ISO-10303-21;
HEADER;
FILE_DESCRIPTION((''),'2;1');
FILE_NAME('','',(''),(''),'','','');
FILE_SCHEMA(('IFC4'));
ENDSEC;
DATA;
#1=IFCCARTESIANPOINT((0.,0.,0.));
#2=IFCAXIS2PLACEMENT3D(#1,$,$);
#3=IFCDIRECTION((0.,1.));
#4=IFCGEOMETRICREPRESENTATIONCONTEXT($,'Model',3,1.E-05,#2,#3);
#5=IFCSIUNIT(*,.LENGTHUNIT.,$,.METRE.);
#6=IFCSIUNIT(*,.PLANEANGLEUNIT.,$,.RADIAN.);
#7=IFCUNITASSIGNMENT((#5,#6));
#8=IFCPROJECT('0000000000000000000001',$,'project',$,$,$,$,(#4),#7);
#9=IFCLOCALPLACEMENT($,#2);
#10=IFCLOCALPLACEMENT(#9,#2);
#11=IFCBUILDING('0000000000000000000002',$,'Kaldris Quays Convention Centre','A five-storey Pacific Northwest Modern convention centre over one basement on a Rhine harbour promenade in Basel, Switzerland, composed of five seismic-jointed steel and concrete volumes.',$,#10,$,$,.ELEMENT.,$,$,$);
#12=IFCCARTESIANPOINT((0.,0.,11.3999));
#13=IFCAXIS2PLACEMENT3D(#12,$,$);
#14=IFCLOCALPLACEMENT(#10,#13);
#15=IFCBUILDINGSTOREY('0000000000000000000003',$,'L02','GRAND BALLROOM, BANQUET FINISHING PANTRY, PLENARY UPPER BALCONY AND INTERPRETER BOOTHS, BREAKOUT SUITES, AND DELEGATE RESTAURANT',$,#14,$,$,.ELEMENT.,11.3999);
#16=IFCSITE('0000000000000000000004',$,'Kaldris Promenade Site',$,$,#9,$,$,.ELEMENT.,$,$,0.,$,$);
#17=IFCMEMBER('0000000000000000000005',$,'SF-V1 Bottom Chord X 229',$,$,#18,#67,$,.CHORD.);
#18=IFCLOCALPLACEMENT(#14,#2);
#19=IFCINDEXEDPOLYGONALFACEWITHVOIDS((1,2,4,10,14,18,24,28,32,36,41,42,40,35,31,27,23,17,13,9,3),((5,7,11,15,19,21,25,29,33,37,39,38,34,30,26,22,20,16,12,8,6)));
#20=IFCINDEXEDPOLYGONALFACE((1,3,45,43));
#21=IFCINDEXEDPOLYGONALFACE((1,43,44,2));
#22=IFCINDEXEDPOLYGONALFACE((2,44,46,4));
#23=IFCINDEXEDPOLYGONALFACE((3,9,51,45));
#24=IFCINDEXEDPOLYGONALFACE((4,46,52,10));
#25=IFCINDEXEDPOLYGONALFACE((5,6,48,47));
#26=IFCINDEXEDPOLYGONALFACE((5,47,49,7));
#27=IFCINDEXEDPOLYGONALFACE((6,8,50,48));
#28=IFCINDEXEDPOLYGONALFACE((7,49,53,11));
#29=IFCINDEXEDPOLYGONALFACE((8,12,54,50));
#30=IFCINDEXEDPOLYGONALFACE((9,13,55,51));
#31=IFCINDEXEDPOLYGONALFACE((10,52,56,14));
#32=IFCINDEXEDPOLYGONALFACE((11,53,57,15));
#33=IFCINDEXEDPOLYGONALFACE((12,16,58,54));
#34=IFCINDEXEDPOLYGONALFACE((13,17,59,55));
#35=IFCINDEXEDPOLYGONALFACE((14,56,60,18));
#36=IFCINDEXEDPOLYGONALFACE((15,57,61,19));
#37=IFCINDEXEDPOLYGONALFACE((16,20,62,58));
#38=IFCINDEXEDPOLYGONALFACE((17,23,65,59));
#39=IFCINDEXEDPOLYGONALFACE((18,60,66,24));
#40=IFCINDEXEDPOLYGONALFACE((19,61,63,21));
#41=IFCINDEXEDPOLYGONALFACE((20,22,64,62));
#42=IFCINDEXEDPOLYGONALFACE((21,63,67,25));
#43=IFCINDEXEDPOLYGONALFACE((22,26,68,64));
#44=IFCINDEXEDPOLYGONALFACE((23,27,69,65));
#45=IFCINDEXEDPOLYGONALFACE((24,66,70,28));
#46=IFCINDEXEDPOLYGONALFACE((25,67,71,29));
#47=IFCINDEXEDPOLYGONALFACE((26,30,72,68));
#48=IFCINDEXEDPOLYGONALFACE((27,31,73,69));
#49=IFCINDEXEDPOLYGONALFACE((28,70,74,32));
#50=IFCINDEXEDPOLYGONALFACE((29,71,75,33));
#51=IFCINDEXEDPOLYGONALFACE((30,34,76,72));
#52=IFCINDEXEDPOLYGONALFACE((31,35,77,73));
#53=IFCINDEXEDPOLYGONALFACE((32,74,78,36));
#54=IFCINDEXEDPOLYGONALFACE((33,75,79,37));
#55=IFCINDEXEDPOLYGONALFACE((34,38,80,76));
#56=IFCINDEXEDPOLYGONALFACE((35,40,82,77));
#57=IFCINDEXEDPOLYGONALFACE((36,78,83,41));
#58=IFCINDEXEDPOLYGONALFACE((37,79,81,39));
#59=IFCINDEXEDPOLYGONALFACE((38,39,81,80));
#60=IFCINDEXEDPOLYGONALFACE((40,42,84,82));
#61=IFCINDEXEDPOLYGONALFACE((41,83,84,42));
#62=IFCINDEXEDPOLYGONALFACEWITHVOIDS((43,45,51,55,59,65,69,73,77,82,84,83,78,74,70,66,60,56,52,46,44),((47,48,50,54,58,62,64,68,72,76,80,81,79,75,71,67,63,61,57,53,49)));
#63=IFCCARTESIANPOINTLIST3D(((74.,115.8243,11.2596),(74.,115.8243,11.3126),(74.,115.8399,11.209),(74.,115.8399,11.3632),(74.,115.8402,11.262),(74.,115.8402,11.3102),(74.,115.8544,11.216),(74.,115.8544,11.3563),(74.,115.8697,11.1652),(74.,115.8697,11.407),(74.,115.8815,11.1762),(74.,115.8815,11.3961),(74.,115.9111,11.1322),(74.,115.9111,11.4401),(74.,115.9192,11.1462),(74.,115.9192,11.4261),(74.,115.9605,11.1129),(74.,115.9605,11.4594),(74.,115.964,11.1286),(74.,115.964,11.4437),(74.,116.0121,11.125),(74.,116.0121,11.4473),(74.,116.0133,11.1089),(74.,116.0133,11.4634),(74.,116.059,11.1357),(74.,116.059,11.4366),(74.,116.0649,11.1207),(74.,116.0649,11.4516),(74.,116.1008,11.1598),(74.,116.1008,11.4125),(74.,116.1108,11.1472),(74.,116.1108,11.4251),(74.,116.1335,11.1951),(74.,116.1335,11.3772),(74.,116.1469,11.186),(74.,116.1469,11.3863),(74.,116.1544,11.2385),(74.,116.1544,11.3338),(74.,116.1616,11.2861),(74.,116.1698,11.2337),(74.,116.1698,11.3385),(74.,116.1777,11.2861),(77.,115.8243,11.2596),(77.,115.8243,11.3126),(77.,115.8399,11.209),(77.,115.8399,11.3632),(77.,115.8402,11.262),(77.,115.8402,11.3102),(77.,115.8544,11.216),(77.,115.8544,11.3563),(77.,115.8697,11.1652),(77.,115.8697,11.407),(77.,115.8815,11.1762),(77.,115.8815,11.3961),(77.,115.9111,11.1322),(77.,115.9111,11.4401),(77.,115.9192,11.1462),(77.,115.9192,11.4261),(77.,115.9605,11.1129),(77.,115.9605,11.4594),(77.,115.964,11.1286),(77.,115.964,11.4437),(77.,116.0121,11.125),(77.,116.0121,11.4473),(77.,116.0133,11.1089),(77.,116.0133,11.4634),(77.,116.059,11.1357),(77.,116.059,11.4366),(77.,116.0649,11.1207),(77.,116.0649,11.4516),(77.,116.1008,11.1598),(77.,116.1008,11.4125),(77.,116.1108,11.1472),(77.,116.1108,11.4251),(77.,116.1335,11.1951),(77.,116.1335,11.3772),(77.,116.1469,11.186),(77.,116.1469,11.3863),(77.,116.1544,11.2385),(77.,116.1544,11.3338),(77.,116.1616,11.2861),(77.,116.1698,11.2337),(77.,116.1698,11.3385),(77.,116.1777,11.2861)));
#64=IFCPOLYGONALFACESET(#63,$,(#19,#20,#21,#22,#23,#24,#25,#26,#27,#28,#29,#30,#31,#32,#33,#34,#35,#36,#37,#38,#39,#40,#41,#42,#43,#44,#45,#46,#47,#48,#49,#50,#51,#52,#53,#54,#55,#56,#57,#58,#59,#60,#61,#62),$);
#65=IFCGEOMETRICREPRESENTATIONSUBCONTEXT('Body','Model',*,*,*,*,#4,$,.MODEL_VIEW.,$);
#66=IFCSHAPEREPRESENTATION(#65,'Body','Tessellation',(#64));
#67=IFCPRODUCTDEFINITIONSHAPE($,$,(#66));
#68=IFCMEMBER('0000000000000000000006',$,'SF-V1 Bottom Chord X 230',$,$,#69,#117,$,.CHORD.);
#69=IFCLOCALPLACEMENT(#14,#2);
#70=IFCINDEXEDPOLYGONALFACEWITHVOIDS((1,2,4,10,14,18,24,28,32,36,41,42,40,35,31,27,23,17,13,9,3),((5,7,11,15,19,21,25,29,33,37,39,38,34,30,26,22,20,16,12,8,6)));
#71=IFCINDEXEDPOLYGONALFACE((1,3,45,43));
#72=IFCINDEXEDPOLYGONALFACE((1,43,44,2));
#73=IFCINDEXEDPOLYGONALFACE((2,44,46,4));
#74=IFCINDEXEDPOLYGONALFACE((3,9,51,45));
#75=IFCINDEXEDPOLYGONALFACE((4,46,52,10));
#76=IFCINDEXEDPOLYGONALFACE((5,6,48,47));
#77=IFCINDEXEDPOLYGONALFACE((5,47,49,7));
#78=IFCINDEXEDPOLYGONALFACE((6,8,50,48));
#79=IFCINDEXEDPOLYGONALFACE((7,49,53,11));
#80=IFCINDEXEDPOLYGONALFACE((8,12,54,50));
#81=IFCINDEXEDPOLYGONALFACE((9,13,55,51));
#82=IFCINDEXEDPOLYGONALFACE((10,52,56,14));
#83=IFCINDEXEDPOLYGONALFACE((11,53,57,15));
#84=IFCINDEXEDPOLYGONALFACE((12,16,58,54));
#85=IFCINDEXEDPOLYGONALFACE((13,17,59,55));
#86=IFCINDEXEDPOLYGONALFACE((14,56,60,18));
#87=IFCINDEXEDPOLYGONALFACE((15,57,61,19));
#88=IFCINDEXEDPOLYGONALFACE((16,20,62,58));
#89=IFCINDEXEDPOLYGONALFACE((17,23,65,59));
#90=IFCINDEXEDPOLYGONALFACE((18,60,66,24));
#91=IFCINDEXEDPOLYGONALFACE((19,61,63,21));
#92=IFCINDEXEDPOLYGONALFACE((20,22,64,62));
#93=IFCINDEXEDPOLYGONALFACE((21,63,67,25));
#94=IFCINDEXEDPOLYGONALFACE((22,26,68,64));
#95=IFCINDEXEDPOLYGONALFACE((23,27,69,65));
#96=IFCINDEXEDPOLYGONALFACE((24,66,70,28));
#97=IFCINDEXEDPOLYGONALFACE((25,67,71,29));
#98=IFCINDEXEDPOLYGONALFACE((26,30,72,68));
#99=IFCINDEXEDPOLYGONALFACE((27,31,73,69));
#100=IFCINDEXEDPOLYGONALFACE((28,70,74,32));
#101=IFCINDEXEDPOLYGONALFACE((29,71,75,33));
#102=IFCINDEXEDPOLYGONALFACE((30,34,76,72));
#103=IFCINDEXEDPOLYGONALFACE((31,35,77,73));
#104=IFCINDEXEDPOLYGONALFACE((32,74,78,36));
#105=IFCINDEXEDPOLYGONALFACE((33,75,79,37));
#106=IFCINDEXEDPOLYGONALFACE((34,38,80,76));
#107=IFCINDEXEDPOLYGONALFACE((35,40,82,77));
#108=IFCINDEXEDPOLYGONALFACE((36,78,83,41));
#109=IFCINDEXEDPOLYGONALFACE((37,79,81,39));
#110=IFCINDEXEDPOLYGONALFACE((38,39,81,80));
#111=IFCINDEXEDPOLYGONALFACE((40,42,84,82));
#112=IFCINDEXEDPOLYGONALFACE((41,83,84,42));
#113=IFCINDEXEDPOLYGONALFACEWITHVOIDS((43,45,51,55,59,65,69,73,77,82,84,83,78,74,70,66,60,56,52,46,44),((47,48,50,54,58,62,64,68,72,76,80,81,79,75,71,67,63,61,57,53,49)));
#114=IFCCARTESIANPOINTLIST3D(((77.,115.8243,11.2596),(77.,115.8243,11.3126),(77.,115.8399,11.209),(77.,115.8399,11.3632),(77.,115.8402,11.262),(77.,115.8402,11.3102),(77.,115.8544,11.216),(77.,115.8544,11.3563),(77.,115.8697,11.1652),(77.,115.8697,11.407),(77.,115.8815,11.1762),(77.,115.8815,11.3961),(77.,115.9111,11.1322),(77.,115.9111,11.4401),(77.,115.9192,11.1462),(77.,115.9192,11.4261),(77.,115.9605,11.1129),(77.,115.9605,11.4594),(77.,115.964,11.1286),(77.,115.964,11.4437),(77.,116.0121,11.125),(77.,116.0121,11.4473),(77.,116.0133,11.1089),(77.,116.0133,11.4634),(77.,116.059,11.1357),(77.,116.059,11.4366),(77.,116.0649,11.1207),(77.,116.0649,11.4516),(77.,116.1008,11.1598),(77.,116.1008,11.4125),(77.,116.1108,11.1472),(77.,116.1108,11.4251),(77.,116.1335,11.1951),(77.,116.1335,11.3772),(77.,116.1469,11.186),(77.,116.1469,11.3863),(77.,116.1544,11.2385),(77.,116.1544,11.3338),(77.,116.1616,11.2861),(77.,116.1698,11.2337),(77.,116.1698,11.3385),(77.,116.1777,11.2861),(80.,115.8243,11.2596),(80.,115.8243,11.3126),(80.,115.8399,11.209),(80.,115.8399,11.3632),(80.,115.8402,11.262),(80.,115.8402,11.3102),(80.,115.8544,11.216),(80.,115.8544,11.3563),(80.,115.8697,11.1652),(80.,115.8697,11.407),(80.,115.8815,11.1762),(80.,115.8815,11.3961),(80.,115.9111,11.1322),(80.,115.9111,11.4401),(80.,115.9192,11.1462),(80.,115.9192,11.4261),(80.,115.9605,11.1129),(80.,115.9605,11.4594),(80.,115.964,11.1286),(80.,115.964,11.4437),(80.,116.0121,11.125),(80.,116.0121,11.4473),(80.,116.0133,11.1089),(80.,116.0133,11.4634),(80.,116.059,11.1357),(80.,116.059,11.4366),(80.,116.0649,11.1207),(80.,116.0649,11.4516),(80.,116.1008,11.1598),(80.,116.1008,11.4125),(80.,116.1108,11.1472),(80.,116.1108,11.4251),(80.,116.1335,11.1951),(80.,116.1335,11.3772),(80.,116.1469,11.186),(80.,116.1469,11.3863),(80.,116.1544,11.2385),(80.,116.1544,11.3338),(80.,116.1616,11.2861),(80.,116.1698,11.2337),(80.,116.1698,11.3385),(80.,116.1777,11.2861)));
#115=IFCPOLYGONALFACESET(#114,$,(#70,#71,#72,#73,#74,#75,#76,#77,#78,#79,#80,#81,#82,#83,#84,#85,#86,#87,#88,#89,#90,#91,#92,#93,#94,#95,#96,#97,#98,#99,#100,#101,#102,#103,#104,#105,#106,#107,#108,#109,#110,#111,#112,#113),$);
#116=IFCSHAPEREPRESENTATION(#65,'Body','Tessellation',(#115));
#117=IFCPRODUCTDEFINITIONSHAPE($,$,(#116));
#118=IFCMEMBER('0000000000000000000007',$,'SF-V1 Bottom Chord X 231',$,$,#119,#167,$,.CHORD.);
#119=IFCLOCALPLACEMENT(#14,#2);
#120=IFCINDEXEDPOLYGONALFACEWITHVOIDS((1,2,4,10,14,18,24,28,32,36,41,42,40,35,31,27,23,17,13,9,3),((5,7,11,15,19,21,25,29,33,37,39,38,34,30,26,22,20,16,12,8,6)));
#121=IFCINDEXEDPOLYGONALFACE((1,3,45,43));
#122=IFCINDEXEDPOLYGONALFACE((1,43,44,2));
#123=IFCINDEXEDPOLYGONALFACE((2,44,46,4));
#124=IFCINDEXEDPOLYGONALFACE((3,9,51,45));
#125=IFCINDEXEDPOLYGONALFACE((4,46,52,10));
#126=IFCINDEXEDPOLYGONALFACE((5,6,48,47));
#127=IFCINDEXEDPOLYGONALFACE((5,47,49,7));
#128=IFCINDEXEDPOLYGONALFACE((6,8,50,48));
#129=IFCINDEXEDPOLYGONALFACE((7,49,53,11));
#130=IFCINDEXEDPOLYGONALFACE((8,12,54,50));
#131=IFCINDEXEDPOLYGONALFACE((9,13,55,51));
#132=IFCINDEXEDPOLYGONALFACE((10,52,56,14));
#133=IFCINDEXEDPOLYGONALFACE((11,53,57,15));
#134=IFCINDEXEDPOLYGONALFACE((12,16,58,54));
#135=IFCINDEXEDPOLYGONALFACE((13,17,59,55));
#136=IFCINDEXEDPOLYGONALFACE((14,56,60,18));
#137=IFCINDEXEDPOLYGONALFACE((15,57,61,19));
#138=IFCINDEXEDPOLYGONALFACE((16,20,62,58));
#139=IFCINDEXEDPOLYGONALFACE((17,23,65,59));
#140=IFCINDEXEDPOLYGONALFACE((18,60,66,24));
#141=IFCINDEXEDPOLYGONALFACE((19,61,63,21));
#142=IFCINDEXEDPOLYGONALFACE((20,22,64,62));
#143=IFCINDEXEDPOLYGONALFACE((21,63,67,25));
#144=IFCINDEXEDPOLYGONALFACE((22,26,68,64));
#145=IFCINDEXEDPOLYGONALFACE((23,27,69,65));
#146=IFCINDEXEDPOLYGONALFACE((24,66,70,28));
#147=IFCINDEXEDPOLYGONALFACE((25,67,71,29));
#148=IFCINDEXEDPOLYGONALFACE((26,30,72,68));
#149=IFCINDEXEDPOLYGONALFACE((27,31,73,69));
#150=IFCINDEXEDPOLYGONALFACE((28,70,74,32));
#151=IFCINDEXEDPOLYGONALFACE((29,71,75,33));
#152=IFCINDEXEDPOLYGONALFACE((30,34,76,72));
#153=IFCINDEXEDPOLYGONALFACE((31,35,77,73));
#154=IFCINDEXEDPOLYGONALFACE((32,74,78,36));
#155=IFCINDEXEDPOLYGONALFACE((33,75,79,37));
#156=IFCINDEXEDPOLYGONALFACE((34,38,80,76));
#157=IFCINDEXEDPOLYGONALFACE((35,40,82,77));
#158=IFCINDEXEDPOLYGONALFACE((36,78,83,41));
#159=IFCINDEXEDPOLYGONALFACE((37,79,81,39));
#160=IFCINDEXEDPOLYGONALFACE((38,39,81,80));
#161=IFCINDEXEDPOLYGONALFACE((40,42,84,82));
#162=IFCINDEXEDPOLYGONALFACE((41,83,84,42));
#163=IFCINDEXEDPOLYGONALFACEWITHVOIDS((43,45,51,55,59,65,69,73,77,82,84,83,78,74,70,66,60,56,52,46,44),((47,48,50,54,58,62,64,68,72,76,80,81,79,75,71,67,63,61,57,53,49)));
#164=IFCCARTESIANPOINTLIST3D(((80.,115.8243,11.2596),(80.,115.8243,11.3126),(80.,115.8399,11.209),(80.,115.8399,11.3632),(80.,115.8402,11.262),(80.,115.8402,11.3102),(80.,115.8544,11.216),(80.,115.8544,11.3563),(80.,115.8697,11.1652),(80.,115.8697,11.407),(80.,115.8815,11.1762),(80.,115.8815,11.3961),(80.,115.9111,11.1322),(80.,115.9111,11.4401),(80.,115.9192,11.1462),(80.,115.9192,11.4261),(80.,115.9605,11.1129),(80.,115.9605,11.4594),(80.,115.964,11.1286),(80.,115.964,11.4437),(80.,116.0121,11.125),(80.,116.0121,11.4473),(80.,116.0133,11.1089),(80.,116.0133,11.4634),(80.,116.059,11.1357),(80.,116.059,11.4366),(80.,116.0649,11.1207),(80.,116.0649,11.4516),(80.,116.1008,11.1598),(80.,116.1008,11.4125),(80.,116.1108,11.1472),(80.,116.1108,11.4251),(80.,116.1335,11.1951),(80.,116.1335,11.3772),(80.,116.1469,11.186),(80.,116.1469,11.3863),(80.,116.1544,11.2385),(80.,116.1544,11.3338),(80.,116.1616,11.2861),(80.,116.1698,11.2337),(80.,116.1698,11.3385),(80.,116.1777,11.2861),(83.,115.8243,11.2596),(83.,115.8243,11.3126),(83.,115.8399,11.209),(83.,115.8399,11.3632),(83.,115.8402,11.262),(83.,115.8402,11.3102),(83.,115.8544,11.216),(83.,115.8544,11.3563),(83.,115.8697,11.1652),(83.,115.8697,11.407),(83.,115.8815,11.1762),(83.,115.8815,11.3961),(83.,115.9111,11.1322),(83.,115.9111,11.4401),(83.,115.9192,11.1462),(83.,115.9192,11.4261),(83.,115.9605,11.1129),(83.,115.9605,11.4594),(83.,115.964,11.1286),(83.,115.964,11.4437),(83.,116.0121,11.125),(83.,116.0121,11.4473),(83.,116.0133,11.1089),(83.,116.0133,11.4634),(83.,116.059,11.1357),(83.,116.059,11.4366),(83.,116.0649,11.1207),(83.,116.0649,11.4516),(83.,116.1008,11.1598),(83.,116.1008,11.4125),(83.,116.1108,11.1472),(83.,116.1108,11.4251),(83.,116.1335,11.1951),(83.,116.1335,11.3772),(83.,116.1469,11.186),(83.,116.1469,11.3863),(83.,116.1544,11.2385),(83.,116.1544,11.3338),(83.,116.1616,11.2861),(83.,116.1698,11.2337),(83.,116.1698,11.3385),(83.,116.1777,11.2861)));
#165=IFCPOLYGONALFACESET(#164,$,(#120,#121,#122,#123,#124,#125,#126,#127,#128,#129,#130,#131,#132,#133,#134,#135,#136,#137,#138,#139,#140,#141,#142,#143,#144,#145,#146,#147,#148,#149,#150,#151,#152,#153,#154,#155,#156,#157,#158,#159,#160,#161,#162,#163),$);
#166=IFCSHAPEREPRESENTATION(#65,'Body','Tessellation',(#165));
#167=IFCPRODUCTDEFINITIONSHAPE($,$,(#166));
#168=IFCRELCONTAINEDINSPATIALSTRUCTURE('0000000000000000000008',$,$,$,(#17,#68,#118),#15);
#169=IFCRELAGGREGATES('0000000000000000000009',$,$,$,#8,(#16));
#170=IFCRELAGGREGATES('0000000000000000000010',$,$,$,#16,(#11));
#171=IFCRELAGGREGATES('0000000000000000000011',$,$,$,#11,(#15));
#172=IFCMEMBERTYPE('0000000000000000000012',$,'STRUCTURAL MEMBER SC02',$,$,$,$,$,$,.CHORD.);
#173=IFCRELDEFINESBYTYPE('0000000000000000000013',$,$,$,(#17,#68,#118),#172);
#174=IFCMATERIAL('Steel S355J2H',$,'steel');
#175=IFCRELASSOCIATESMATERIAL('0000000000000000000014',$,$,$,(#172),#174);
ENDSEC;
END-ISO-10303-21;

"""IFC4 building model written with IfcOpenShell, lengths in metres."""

from ifc_helpers import new_model, si_unit, direction, frame, origin, origin_2d, place, context, subcontext, project, spatial, hollow_circle, extrude, material, material_profile, profile_set, type_object, element, save


model = new_model("IFC4")

# Units and contexts
model_context = context("Model", 3, precision=1e-05, world=origin(), true_north=direction((0.0, 1.0)))
body_context = subcontext(model_context, "Body", "Model", "MODEL_VIEW")
ifc_project = project(units=[si_unit("LENGTHUNIT", "METRE"), si_unit("PLANEANGLEUNIT", "RADIAN")], contexts=[model_context])

# Site, building, storey
site_placement = place(None, origin())
site = spatial("IfcSite", under=ifc_project, at=site_placement, Name="Kaldris Promenade Site", CompositionType="ELEMENT", RefElevation=0.0)
building_placement = place(site_placement, origin())
building = spatial("IfcBuilding", under=site, at=building_placement, Name="Kaldris Quays Convention Centre", Description="A five-storey Pacific Northwest Modern convention centre over one basement on a Rhine harbour promenade in Basel, Switzerland, composed of five seismic-jointed steel and concrete volumes.", CompositionType="ELEMENT")
storey_placement = place(building_placement, frame((0.0, 0.0, 11.3999)))
storey = spatial("IfcBuildingStorey", under=building, at=storey_placement, Name="L02", Description="GRAND BALLROOM, BANQUET FINISHING PANTRY, PLENARY UPPER BALCONY AND INTERPRETER BOOTHS, BREAKOUT SUITES, AND DELEGATE RESTAURANT", CompositionType="ELEMENT", Elevation=11.3999)

# Members
ifc_material_1 = material(Name="Steel S355J2H", Category="steel")
ifc_material_profile_1 = material_profile(ifc_material_1, hollow_circle(Radius=0.1777, WallThickness=0.0161, at=origin_2d()), Name="CHS 355.6x16")
ifc_profile_set_1 = profile_set([ifc_material_profile_1], Name="Steel S355J2H")
member_type_1 = type_object("IfcMemberType", Name="STRUCTURAL MEMBER SC02", PredefinedType="CHORD", material=ifc_profile_set_1)
for number, where, z_axis, x_axis, name in (
    (1, (74.0, 116.0, 11.2861), (1.0, 0.0, 0.0), (0.0, 1.0, 0.0), "SF-V1 Bottom Chord X 229"),
    (2, (77.0, 116.0, 11.2861), (1.0, 0.0, 0.0), (0.0, 1.0, 0.0), "SF-V1 Bottom Chord X 230"),
    (3, (80.0, 116.0, 11.2861), (1.0, 0.0, 0.0), (0.0, 1.0, 0.0), "SF-V1 Bottom Chord X 231"),
):
    element("IfcMember", number, at=place(storey_placement, frame(where, z_axis=z_axis, x_axis=x_axis)), inside=storey, type_object=member_type_1, Name=name, PredefinedType="CHORD", context=body_context, shape_type="SweptSolid", body=[
        extrude(hollow_circle(Radius=0.1777, WallThickness=0.0161, at=origin_2d()), origin(), (0.0, 0.0, 1.0), 3.0),
    ])

save(model, "model.ifc")
